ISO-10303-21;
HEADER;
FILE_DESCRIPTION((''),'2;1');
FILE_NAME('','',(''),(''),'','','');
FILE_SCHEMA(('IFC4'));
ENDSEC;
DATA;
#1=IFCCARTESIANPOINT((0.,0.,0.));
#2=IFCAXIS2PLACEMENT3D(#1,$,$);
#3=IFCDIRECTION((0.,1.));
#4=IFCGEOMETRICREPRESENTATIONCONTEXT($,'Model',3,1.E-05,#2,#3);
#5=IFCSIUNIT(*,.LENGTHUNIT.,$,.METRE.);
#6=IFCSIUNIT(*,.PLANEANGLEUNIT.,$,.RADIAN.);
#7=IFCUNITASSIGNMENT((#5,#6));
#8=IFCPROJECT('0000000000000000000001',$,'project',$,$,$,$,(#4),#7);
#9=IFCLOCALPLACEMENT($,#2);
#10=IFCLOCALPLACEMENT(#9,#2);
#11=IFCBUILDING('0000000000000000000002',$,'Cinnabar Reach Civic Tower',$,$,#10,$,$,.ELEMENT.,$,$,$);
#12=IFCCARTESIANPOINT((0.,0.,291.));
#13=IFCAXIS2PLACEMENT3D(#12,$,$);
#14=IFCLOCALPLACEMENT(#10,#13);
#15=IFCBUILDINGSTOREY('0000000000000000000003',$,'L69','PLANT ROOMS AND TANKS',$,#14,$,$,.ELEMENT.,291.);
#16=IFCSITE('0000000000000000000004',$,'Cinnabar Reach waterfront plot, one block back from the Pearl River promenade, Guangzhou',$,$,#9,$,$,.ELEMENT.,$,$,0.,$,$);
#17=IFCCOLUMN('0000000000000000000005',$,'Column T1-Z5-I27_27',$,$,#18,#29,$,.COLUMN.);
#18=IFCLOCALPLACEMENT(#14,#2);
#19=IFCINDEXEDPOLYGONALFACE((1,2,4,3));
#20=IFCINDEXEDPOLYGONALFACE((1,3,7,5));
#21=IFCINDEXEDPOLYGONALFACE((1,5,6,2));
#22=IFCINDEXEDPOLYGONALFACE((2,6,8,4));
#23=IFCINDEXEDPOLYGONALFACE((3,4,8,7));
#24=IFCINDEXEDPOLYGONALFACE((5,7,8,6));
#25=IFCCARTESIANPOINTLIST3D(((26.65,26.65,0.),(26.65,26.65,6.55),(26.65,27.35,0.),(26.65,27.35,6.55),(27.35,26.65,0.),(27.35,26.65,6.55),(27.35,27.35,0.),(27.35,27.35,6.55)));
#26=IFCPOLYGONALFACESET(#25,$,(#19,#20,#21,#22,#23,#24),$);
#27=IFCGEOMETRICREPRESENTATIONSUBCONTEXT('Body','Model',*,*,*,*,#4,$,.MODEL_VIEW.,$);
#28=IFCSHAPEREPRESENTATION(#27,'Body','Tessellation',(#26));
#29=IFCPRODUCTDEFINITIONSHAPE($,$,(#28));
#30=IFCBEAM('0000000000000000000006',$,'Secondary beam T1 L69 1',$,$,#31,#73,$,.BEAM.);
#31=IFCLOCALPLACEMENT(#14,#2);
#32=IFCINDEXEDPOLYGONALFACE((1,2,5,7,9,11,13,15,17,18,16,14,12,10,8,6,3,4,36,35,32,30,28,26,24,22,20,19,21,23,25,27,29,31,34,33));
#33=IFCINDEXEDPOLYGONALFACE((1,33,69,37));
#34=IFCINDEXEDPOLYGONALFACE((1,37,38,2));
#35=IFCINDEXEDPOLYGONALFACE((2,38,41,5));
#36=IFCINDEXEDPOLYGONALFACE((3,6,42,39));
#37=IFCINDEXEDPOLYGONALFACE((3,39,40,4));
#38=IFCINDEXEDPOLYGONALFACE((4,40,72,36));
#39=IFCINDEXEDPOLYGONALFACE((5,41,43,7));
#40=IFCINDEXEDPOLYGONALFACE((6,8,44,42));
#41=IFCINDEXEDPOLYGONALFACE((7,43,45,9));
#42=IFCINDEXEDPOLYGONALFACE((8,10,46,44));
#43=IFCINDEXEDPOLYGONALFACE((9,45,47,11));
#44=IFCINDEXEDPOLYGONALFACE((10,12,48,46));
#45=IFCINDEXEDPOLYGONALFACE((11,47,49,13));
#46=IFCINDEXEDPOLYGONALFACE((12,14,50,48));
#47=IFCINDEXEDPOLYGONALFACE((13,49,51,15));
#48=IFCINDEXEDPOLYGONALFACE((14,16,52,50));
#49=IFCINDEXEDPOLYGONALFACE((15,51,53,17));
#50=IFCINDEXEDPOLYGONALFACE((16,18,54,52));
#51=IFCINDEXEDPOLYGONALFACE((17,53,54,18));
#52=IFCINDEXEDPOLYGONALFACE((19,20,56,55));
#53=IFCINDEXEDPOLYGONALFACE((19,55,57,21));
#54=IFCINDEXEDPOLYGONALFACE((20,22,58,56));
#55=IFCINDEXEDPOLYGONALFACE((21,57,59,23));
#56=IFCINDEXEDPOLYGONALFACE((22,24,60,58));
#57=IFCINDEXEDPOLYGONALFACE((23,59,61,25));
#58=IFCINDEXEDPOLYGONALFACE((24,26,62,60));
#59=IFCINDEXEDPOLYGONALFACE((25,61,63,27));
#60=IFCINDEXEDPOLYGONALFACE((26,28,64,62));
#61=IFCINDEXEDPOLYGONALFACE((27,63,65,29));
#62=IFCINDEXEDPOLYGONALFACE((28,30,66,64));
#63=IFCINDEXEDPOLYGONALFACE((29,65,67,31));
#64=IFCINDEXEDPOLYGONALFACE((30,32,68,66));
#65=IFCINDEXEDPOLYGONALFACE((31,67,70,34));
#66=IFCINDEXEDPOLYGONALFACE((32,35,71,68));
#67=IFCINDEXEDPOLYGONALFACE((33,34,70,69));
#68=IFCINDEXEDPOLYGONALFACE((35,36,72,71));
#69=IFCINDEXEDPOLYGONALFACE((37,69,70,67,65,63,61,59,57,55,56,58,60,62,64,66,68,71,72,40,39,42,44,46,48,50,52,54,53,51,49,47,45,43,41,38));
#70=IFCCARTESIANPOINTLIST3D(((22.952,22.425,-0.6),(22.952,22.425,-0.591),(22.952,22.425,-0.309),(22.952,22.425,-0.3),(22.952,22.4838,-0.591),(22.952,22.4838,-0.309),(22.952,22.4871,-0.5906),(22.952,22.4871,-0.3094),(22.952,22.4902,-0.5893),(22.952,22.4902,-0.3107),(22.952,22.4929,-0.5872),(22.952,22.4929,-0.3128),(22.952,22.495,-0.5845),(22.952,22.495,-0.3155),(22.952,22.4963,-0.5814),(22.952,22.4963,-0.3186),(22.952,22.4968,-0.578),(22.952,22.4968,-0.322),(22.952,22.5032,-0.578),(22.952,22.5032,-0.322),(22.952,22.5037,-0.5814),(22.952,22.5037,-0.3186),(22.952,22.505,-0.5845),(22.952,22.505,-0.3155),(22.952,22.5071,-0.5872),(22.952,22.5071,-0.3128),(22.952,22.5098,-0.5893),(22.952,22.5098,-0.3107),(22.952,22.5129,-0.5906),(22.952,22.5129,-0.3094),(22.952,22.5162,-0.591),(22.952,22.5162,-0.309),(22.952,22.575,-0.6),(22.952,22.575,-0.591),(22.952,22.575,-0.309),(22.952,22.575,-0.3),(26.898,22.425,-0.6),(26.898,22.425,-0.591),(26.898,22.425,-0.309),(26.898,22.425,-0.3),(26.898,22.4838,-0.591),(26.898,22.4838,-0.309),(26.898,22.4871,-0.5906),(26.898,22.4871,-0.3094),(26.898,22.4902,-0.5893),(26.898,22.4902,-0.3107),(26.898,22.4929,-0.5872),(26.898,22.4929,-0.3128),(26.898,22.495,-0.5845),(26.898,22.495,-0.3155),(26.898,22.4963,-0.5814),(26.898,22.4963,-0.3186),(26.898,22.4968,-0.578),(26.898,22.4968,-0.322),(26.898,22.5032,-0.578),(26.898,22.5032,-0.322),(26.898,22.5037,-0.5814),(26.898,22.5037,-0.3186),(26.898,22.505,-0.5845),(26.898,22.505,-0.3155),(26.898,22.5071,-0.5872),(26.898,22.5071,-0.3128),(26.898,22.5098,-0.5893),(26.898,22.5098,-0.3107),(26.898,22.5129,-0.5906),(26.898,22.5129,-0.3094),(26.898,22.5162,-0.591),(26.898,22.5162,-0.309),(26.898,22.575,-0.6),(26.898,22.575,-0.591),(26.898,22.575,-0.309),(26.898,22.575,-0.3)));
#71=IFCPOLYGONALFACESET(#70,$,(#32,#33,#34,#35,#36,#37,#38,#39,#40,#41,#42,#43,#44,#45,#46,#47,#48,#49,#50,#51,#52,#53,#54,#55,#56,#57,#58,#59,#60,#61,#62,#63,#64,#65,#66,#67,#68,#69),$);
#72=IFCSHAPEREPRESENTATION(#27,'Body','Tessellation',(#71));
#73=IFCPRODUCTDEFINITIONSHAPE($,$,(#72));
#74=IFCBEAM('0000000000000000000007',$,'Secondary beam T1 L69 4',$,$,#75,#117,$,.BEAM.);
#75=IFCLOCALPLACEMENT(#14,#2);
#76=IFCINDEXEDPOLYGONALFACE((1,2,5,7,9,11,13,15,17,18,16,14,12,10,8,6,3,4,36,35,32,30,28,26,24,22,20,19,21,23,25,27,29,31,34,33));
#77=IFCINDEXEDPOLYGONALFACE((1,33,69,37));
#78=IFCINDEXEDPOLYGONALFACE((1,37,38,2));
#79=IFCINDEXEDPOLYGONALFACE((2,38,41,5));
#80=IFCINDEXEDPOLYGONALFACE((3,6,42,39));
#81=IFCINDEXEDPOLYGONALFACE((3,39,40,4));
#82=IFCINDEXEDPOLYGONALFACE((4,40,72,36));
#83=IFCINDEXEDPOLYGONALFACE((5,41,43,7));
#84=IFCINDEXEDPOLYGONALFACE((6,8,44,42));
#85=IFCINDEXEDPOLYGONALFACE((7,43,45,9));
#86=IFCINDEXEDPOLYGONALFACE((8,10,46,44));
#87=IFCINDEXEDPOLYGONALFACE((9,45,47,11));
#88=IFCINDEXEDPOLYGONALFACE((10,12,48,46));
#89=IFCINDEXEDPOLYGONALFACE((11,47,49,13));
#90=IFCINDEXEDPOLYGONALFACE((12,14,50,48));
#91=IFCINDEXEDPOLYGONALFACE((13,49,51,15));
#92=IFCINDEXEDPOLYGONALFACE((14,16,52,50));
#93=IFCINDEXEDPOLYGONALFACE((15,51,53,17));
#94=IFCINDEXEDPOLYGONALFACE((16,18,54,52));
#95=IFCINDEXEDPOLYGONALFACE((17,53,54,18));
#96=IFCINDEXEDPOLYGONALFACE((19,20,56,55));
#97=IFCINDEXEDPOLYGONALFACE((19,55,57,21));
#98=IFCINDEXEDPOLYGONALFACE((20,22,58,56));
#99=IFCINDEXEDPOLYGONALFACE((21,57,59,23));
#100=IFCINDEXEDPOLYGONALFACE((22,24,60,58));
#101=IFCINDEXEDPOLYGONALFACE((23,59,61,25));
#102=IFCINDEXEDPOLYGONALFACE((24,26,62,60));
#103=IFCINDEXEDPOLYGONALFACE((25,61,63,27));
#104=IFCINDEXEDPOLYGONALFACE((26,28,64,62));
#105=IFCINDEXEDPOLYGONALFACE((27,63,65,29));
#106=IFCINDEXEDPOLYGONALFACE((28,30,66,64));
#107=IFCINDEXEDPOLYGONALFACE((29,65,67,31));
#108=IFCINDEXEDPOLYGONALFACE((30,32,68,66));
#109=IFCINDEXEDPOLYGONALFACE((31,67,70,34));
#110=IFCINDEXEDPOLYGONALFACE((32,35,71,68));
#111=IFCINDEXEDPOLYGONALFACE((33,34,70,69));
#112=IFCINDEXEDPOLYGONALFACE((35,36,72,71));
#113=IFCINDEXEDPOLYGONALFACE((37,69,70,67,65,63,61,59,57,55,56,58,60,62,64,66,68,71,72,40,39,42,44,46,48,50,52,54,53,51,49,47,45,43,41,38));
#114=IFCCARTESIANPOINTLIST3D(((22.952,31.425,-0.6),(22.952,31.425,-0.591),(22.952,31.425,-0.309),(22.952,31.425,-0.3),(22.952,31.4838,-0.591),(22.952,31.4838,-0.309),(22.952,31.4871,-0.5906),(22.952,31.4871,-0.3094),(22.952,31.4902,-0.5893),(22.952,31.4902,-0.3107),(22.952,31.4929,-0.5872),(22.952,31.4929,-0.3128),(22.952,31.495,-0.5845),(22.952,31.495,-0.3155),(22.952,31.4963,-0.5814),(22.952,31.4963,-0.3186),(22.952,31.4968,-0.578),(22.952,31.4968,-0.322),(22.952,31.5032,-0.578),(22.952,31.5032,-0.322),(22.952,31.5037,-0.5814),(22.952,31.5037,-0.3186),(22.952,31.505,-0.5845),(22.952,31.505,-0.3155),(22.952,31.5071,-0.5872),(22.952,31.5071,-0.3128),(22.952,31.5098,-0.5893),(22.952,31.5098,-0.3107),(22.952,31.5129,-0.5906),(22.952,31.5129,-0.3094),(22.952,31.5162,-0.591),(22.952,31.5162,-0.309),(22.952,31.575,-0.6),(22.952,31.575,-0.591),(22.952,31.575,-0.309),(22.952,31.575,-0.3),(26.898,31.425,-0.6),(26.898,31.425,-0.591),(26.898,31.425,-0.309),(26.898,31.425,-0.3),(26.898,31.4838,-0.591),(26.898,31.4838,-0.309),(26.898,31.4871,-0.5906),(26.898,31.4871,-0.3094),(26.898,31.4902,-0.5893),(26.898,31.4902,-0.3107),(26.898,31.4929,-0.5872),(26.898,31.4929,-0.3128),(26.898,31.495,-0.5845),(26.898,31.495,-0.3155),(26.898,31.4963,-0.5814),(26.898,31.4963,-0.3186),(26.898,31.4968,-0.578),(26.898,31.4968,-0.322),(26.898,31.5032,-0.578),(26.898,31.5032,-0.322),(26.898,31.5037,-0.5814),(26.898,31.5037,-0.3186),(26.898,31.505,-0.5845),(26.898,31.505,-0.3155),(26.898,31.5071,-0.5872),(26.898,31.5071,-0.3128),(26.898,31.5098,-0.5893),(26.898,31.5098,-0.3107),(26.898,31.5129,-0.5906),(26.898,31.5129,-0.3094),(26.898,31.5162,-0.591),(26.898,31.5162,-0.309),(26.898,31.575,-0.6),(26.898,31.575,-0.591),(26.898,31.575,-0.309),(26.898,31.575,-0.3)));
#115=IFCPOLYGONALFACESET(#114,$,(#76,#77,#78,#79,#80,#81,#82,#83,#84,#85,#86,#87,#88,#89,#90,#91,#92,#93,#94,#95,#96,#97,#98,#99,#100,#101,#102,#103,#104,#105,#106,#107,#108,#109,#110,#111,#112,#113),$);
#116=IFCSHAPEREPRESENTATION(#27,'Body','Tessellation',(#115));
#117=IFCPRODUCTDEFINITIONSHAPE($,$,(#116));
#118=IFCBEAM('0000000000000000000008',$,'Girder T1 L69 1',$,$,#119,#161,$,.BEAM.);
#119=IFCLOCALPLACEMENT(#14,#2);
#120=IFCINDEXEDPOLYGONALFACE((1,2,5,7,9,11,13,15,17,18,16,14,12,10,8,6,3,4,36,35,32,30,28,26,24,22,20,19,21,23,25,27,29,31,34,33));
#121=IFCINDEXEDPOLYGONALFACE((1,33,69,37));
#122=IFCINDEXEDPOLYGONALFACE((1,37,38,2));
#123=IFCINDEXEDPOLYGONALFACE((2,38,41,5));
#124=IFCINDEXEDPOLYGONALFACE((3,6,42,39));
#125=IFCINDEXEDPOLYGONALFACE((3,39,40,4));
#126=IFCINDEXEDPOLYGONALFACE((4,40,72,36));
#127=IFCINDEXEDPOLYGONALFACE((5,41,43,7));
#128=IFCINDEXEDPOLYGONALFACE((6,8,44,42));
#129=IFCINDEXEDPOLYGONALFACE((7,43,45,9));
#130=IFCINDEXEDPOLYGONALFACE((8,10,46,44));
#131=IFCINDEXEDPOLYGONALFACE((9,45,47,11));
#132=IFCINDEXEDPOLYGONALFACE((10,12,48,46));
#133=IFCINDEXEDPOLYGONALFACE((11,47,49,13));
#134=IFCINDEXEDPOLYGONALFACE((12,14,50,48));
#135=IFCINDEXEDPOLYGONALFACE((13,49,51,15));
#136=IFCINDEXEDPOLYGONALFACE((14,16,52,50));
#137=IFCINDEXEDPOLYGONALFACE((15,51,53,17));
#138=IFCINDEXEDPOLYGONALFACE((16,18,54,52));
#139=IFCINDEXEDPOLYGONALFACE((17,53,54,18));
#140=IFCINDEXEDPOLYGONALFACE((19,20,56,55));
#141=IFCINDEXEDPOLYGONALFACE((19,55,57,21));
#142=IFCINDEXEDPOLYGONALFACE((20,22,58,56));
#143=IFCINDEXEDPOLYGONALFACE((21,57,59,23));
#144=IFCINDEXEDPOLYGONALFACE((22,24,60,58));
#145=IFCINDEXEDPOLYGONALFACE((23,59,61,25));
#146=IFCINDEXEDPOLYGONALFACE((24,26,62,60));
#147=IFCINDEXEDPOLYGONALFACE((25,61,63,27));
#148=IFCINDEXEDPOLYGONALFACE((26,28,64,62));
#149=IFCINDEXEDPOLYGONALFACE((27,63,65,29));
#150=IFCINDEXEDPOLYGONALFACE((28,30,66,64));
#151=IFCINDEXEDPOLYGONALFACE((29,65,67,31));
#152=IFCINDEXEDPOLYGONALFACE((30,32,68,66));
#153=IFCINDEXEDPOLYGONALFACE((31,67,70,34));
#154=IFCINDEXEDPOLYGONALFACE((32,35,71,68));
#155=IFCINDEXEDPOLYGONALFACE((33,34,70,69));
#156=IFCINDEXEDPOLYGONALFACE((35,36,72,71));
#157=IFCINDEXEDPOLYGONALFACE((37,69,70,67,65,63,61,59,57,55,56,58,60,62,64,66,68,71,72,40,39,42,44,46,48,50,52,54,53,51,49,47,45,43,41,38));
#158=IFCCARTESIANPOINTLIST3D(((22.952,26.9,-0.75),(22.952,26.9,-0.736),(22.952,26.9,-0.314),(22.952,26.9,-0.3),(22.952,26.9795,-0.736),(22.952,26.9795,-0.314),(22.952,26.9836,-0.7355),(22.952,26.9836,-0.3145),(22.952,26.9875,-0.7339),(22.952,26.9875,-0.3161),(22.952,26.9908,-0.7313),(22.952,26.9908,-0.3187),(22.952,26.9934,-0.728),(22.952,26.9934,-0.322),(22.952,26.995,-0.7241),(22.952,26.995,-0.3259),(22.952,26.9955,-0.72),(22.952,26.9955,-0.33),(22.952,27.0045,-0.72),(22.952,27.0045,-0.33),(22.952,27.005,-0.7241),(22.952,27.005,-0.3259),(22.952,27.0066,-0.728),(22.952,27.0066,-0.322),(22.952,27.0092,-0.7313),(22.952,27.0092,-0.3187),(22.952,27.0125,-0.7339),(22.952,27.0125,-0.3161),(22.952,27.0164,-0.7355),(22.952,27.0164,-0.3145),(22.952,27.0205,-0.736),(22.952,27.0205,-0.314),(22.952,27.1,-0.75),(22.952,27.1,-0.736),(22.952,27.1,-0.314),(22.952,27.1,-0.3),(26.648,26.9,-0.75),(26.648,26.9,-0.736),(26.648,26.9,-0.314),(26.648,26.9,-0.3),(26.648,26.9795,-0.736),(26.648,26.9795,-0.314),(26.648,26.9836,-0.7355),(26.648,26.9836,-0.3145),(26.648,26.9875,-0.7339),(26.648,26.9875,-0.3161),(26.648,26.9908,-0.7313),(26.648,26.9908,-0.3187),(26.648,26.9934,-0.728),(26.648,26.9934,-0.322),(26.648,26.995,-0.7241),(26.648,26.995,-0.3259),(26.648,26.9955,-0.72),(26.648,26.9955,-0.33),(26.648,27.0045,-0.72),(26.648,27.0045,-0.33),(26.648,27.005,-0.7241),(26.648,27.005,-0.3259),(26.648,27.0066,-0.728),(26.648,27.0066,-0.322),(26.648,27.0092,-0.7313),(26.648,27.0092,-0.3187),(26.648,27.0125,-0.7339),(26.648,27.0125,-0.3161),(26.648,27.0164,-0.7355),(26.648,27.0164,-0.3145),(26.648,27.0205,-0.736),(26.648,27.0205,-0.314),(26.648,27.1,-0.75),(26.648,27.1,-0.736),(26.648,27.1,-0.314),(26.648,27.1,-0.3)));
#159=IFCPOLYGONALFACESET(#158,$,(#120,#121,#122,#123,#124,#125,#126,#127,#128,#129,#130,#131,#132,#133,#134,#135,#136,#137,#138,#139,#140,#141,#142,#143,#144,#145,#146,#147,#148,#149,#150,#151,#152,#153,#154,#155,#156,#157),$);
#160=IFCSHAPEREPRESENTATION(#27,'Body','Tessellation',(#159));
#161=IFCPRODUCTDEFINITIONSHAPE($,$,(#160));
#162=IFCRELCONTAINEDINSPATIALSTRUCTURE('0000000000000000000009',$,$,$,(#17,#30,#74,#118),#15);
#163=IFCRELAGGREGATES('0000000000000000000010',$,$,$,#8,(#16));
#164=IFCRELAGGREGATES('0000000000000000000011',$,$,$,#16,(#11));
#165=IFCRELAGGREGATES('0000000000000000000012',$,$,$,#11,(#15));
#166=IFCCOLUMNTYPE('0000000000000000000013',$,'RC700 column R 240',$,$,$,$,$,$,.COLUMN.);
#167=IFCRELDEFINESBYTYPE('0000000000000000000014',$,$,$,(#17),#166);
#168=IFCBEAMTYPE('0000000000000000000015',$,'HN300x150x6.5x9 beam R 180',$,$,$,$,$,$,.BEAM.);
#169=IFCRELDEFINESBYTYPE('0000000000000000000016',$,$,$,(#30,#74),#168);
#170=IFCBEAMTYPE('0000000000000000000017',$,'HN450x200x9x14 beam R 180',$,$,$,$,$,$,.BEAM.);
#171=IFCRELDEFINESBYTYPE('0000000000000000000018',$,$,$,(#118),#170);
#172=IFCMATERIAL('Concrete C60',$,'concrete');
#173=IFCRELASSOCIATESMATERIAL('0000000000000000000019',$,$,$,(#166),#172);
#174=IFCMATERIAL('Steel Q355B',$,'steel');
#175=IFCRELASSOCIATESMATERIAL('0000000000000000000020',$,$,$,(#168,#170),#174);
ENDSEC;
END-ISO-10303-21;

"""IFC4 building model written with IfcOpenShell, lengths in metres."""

from ifc_helpers import new_model, si_unit, direction, frame, origin, origin_2d, place, context, subcontext, project, spatial, rectangle, i_section, extrude, material, material_profile, profile_set, type_object, element, save


model = new_model("IFC4")

# Units and contexts
model_context = context("Model", 3, precision=1e-05, world=origin(), true_north=direction((0.0, 1.0)))
body_context = subcontext(model_context, "Body", "Model", "MODEL_VIEW")
ifc_project = project(units=[si_unit("LENGTHUNIT", "METRE"), si_unit("PLANEANGLEUNIT", "RADIAN")], contexts=[model_context])

# Site, building, storey
site_placement = place(None, origin())
site = spatial("IfcSite", under=ifc_project, at=site_placement, Name="Cinnabar Reach waterfront plot, one block back from the Pearl River promenade, Guangzhou", CompositionType="ELEMENT", RefElevation=0.0)
building_placement = place(site_placement, origin())
building = spatial("IfcBuilding", under=site, at=building_placement, Name="Cinnabar Reach Civic Tower", CompositionType="ELEMENT")
storey_placement = place(building_placement, frame((0.0, 0.0, 291.0)))
storey = spatial("IfcBuildingStorey", under=building, at=storey_placement, Name="L69", Description="PLANT ROOMS AND TANKS", CompositionType="ELEMENT", Elevation=291.0)

# Column
ifc_material_1 = material(Name="Concrete C60", Category="concrete")
ifc_material_profile_1 = material_profile(ifc_material_1, rectangle(XDim=0.7, YDim=0.7, at=origin_2d()), Name="RC700")
ifc_profile_set_1 = profile_set([ifc_material_profile_1], Name="Concrete C60")
column_type = type_object("IfcColumnType", Name="RC700 column R 240", PredefinedType="COLUMN", material=ifc_profile_set_1)
column_placement = place(storey_placement, frame((27.0, 27.0, 0.0), z_axis=(0.0, 0.0, 1.0), x_axis=(1.0, 0.0, 0.0)))
element("IfcColumn", 1, at=column_placement, inside=storey, type_object=column_type, Name="Column T1-Z5-I27_27", PredefinedType="COLUMN", context=body_context, shape_type="SweptSolid", body=[
    extrude(rectangle(XDim=0.7, YDim=0.7, at=origin_2d()), origin(), (0.0, 0.0, 1.0), 6.55),
])

# Beams
ifc_material_2 = material(Name="Steel Q355B", Category="steel")
ifc_material_profile_2 = material_profile(ifc_material_2, i_section(OverallWidth=0.15, OverallDepth=0.3, WebThickness=0.0065, FlangeThickness=0.009, FilletRadius=0.013, at=origin_2d()), Name="HN300x150x6.5x9")
ifc_profile_set_2 = profile_set([ifc_material_profile_2], Name="Steel Q355B")
beam_type_1 = type_object("IfcBeamType", Name="HN300x150x6.5x9 beam R 180", PredefinedType="BEAM", material=ifc_profile_set_2)
for number, where, z_axis, x_axis, name in (
    (2, (22.952, 22.5, -0.45), (1.0, 0.0, 0.0), (0.0, 1.0, 0.0), "Secondary beam T1 L69 1"),
    (3, (22.952, 31.5, -0.45), (1.0, 0.0, 0.0), (0.0, 1.0, 0.0), "Secondary beam T1 L69 4"),
):
    element("IfcBeam", number, at=place(storey_placement, frame(where, z_axis=z_axis, x_axis=x_axis)), inside=storey, type_object=beam_type_1, Name=name, PredefinedType="BEAM", context=body_context, shape_type="SweptSolid", body=[
        extrude(i_section(OverallWidth=0.15, OverallDepth=0.3, WebThickness=0.0065, FlangeThickness=0.009, FilletRadius=0.013, at=origin_2d()), origin(), (0.0, 0.0, 1.0), 3.946),
    ])
ifc_material_profile_3 = material_profile(ifc_material_2, i_section(OverallWidth=0.2, OverallDepth=0.45, WebThickness=0.009, FlangeThickness=0.014, FilletRadius=0.016, at=origin_2d()), Name="HN450x200x9x14")
ifc_profile_set_3 = profile_set([ifc_material_profile_3], Name="Steel Q355B")
beam_type_2 = type_object("IfcBeamType", Name="HN450x200x9x14 beam R 180", PredefinedType="BEAM", material=ifc_profile_set_3)
beam_1_placement = place(storey_placement, frame((22.952, 27.0, -0.525), z_axis=(1.0, 0.0, 0.0), x_axis=(0.0, 1.0, 0.0)))
element("IfcBeam", 4, at=beam_1_placement, inside=storey, type_object=beam_type_2, Name="Girder T1 L69 1", PredefinedType="BEAM", context=body_context, shape_type="SweptSolid", body=[
    extrude(i_section(OverallWidth=0.2, OverallDepth=0.45, WebThickness=0.009, FlangeThickness=0.014, FilletRadius=0.016, at=origin_2d()), origin(), (0.0, 0.0, 1.0), 3.696),
])

save(model, "model.ifc")
